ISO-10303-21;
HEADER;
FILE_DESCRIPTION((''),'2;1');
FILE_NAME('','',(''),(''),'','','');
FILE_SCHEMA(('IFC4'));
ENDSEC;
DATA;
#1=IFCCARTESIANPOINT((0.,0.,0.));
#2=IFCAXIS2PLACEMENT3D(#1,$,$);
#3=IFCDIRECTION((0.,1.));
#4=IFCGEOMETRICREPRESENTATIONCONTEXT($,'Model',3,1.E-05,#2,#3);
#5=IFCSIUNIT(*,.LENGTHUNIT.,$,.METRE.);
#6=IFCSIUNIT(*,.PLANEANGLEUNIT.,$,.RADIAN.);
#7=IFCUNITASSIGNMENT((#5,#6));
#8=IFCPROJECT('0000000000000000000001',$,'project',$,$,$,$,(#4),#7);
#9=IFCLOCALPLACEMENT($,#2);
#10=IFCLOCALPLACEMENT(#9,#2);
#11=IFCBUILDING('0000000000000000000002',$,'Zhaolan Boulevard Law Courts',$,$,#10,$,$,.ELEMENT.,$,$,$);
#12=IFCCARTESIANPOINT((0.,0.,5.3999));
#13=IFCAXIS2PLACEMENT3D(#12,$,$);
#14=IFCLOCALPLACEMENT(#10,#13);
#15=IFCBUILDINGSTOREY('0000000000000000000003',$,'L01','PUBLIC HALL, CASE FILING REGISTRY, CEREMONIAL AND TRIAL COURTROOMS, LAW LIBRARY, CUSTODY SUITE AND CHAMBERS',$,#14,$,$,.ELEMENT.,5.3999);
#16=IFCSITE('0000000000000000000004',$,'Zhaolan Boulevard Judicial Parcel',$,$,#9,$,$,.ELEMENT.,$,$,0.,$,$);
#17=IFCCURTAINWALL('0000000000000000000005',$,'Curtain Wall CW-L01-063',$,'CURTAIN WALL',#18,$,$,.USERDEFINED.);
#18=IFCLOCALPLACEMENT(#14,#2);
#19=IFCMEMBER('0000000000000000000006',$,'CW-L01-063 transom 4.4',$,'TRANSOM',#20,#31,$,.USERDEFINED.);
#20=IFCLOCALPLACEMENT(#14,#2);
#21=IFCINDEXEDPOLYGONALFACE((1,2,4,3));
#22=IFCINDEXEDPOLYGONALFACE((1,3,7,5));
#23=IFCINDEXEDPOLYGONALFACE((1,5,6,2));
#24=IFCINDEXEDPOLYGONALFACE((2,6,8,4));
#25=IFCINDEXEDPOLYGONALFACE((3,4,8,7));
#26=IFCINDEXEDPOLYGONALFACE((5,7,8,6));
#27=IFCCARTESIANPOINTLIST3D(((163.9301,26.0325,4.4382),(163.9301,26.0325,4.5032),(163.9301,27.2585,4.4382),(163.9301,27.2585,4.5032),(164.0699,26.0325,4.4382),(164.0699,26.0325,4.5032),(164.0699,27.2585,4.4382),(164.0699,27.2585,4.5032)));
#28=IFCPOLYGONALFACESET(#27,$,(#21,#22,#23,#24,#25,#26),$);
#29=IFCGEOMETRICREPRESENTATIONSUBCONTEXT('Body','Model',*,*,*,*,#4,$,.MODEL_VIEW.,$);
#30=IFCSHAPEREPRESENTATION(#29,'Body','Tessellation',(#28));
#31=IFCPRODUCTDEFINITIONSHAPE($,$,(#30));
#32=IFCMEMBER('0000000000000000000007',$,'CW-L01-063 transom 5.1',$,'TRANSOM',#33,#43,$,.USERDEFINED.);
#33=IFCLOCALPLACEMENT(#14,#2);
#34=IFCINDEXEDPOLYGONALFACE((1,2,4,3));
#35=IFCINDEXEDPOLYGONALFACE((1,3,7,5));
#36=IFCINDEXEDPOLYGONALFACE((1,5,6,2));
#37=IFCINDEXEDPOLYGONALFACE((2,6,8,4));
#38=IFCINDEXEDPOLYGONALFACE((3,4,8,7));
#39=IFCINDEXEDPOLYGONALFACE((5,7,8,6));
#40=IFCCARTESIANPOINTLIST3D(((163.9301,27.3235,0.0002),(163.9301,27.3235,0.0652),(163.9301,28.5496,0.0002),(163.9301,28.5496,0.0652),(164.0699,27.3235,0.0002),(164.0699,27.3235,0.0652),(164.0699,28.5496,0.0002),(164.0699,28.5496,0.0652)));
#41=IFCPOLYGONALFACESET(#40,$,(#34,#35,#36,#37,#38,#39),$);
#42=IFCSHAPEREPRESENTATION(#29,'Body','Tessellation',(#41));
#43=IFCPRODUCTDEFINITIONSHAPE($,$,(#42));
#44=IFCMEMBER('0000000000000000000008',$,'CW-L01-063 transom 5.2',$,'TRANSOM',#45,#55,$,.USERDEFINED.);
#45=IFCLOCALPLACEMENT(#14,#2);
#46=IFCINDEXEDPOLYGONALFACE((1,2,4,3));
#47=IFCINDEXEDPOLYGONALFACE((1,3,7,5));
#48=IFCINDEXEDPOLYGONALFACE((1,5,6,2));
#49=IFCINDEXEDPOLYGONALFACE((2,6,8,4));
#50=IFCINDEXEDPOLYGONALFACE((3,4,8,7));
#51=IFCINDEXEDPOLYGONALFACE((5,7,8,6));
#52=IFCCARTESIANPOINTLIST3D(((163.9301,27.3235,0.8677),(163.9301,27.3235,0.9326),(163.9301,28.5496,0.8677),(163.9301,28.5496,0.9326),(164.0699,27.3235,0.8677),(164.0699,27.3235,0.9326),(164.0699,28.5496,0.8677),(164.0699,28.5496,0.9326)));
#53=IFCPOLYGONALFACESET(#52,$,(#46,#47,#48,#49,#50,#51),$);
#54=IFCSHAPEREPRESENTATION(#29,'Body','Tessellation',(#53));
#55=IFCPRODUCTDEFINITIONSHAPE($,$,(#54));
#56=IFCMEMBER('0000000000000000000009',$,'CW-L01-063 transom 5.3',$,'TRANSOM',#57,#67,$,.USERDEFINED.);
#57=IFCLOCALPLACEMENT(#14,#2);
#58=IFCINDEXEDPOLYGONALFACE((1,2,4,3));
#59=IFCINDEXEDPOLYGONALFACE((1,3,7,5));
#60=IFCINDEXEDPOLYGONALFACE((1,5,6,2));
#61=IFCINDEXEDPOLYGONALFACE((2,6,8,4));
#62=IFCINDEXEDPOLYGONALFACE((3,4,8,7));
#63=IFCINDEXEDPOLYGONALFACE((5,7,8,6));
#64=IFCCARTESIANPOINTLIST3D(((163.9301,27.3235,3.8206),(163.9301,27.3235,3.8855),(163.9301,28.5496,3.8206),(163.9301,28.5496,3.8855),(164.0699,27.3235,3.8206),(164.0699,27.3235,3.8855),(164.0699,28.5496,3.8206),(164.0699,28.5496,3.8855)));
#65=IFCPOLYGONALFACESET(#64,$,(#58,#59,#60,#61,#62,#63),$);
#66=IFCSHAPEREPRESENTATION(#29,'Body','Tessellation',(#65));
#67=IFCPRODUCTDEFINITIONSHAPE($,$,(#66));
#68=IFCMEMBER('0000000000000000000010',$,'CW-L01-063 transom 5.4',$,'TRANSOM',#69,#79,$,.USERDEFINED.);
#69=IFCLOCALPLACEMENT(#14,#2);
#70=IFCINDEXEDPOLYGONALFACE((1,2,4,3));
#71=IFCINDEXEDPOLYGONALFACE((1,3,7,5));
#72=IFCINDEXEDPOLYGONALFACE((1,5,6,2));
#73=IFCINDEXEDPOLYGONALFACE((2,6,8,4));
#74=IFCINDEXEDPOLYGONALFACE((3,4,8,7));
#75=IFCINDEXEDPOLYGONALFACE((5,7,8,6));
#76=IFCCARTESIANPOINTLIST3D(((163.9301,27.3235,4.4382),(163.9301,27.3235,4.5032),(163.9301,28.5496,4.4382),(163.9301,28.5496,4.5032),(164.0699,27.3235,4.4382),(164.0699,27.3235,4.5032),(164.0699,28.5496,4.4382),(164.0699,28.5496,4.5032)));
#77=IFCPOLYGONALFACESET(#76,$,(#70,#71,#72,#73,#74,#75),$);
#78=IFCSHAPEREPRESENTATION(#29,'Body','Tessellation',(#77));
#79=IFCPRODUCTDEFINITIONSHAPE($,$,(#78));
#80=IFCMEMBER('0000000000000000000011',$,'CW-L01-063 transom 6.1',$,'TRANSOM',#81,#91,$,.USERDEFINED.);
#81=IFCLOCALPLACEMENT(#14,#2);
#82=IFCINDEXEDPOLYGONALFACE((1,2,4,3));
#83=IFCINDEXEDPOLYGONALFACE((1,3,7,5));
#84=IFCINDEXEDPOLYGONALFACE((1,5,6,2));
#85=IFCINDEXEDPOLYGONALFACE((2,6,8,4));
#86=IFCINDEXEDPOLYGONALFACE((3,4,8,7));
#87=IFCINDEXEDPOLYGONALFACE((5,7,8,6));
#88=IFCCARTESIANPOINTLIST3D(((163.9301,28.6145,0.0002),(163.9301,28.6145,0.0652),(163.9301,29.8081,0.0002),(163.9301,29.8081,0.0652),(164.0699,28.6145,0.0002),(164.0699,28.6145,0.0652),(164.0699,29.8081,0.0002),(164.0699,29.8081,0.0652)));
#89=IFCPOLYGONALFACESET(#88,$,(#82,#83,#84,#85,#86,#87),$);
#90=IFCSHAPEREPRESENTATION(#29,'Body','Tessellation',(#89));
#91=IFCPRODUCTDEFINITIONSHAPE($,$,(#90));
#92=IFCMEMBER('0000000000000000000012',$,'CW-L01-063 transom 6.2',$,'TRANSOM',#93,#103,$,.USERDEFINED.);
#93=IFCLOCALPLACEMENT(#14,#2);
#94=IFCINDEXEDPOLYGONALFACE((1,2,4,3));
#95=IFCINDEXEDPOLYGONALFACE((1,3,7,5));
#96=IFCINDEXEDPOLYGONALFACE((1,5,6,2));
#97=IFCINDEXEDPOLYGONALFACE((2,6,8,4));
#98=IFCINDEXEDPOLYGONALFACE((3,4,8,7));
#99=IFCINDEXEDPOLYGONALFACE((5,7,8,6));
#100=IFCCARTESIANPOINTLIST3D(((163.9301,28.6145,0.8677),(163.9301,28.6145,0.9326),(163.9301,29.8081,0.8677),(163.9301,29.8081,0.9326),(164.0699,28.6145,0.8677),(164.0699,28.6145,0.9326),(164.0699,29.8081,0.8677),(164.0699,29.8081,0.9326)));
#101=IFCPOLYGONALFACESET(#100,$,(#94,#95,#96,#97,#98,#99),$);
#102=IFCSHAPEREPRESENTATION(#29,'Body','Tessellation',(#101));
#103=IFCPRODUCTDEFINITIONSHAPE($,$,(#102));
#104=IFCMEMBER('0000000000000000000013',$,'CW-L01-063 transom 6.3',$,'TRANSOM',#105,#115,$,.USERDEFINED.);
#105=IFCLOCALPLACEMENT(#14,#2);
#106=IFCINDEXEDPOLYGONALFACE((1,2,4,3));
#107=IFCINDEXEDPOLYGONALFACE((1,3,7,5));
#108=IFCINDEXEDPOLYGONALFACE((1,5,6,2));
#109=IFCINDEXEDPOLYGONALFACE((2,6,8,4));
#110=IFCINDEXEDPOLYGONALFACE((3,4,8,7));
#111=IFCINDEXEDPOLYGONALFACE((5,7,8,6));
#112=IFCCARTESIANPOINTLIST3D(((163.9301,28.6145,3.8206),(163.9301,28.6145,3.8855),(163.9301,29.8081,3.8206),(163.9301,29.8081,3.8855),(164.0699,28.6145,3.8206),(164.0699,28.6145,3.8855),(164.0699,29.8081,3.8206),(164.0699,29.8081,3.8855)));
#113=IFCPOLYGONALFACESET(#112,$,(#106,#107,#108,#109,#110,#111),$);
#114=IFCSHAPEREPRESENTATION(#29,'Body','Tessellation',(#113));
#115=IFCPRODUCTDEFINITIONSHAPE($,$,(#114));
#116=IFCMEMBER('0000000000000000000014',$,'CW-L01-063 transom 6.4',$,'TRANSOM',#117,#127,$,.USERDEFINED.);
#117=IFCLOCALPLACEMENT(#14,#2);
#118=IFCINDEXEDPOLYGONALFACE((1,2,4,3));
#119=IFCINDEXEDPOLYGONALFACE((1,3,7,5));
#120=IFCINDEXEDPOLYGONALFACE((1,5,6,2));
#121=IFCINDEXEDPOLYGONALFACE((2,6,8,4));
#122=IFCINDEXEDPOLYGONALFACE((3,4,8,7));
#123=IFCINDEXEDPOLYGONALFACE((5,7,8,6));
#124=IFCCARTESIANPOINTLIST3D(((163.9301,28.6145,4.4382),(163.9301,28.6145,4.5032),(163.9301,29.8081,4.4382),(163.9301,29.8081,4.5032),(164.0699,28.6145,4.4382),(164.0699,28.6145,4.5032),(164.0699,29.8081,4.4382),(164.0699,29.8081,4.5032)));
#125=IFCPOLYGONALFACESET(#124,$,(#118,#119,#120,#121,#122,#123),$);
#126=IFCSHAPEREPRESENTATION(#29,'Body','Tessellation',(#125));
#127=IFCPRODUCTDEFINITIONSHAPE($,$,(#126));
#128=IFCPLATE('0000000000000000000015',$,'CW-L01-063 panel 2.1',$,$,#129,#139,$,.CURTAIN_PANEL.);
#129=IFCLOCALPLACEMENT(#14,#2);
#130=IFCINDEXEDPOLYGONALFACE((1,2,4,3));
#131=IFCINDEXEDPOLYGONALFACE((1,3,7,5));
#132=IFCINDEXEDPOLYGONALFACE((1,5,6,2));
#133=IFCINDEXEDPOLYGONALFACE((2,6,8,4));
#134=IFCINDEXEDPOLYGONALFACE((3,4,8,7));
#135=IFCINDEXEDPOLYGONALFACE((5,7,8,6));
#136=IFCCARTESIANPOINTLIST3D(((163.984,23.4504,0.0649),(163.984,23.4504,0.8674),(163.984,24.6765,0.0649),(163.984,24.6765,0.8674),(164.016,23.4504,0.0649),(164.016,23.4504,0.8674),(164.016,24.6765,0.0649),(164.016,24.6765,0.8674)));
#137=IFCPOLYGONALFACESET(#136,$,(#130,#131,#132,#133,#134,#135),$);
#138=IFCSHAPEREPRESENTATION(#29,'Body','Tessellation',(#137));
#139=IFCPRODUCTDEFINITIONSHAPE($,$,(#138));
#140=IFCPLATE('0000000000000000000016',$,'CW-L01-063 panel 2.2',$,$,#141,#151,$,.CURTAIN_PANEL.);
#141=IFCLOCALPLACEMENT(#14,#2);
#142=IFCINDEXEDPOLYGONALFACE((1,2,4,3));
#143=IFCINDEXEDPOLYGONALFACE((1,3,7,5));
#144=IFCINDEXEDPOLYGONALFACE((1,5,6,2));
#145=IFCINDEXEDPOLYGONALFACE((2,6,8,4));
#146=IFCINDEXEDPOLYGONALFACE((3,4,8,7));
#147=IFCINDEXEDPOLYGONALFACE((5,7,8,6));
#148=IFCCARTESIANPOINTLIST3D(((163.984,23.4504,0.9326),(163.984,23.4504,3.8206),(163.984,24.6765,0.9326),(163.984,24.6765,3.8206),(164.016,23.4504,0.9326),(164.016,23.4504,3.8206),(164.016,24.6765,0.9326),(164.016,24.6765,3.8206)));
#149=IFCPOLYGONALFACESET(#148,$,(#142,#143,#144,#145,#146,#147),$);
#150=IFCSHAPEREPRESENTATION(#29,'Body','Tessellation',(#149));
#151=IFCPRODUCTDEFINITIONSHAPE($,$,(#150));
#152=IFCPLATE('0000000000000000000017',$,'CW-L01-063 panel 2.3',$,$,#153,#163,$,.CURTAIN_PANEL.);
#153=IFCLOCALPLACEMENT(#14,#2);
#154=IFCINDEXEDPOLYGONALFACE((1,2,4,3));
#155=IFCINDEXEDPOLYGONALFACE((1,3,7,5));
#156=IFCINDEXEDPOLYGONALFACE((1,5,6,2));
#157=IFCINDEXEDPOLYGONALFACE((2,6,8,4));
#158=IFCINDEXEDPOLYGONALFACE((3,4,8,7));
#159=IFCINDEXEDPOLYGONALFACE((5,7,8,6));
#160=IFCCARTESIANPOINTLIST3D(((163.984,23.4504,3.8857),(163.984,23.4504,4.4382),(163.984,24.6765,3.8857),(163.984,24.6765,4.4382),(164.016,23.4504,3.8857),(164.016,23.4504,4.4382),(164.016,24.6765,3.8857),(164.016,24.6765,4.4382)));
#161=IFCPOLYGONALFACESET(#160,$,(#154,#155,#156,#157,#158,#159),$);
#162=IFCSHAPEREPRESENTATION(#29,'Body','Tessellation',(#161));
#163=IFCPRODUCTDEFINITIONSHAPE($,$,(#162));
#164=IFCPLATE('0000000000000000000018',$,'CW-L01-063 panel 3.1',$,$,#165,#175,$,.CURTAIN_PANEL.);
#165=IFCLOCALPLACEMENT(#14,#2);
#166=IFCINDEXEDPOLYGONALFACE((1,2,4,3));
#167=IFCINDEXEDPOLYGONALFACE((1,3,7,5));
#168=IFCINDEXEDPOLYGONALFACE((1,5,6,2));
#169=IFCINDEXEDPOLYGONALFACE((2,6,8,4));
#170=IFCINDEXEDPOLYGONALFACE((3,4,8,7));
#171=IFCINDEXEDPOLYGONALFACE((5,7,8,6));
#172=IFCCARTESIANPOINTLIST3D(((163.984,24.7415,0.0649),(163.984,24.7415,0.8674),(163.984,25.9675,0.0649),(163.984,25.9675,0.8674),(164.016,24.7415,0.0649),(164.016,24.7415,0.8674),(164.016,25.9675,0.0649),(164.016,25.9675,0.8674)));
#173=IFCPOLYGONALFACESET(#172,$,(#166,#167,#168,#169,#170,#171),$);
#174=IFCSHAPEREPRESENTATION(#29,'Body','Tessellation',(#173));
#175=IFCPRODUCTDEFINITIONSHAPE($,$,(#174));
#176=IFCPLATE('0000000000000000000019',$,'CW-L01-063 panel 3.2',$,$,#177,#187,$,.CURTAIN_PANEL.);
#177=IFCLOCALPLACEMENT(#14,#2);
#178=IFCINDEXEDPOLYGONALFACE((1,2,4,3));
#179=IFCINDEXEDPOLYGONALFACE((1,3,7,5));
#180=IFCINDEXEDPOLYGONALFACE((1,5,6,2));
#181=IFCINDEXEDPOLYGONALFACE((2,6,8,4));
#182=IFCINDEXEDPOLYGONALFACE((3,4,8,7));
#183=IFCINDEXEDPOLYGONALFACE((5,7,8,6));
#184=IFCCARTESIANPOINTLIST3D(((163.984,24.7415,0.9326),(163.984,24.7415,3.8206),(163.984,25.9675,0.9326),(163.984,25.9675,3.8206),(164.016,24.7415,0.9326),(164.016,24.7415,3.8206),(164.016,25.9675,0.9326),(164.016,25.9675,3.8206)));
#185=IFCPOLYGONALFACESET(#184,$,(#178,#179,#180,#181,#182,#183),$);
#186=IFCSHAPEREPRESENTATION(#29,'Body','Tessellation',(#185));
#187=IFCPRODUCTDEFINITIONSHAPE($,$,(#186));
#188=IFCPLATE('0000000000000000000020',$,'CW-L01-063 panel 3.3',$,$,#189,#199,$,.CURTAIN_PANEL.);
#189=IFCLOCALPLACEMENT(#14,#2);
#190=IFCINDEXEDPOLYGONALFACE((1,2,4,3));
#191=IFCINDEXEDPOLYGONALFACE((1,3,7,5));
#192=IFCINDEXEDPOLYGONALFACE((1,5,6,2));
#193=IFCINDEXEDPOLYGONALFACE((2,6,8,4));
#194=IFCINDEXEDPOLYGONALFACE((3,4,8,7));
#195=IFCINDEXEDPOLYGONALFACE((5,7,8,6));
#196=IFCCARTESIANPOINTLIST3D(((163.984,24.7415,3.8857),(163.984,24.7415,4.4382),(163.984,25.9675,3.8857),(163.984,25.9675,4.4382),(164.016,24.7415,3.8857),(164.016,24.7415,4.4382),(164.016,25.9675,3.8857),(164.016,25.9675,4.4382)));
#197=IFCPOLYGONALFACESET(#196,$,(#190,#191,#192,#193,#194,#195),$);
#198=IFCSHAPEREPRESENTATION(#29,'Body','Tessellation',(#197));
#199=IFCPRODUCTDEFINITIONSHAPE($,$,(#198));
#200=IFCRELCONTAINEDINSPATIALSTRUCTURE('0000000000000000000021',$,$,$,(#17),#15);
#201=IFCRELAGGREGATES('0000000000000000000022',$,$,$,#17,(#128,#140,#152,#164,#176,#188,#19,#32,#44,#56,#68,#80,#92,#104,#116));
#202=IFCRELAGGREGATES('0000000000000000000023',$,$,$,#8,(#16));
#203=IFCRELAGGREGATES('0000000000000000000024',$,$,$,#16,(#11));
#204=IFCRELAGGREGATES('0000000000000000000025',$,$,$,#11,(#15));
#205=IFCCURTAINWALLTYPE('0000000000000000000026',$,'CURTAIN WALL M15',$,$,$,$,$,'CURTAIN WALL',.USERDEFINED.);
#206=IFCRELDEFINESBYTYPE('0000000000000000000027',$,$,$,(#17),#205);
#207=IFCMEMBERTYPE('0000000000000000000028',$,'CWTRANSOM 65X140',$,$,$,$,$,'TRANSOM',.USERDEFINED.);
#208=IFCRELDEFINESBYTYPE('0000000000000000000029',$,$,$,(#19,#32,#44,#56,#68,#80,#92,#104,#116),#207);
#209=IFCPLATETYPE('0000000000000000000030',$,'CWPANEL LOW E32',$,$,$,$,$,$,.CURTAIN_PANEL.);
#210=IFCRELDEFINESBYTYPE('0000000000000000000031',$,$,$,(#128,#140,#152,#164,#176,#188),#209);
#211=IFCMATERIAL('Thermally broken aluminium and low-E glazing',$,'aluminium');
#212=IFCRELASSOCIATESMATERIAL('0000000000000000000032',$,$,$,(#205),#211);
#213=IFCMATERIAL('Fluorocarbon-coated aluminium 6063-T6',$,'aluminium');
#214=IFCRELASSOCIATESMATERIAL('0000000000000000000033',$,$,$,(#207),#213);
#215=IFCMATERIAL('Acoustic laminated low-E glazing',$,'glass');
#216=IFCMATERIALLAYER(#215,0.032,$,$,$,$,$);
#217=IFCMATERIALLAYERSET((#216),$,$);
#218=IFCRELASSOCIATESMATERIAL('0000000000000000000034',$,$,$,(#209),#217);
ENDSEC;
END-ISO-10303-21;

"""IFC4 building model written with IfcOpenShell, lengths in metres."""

from ifc_helpers import new_model, si_unit, direction, frame, origin, origin_2d, place, context, subcontext, project, spatial, rectangle, extrude, material, layer, layer_set, material_profile, profile_set, type_object, element, aggregate, save


model = new_model("IFC4")

# Units and contexts
model_context = context("Model", 3, precision=1e-05, world=origin(), true_north=direction((0.0, 1.0)))
body_context = subcontext(model_context, "Body", "Model", "MODEL_VIEW")
ifc_project = project(units=[si_unit("LENGTHUNIT", "METRE"), si_unit("PLANEANGLEUNIT", "RADIAN")], contexts=[model_context])

# Site, building, storey
site_placement = place(None, origin())
site = spatial("IfcSite", under=ifc_project, at=site_placement, Name="Zhaolan Boulevard Judicial Parcel", CompositionType="ELEMENT", RefElevation=0.0)
building_placement = place(site_placement, origin())
building = spatial("IfcBuilding", under=site, at=building_placement, Name="Zhaolan Boulevard Law Courts", CompositionType="ELEMENT")
storey_placement = place(building_placement, frame((0.0, 0.0, 5.3999)))
storey = spatial("IfcBuildingStorey", under=building, at=storey_placement, Name="L01", Description="PUBLIC HALL, CASE FILING REGISTRY, CEREMONIAL AND TRIAL COURTROOMS, LAW LIBRARY, CUSTODY SUITE AND CHAMBERS", CompositionType="ELEMENT", Elevation=5.3999)

# Curtain wall, members, plates
ifc_material_1 = material(Name="Thermally broken aluminium and low-E glazing", Category="aluminium")
curtain_wall_type = type_object("IfcCurtainWallType", Name="CURTAIN WALL M15", ElementType="CURTAIN WALL", PredefinedType="USERDEFINED", material=ifc_material_1)
curtain_wall_placement = place(storey_placement, origin())
curtain_wall = element("IfcCurtainWall", 1, at=curtain_wall_placement, inside=storey, type_object=curtain_wall_type, Name="Curtain Wall CW-L01-063", ObjectType="CURTAIN WALL", PredefinedType="USERDEFINED")
ifc_material_2 = material(Name="Fluorocarbon-coated aluminium 6063-T6", Category="aluminium")
ifc_material_profile_1 = material_profile(ifc_material_2, rectangle(XDim=0.1399, YDim=0.0649, at=origin_2d()), Name="AL65x140")
ifc_profile_set_1 = profile_set([ifc_material_profile_1], Name="Fluorocarbon-coated aluminium 6063-T6")
member_type_1 = type_object("IfcMemberType", Name="CWTRANSOM 65X140", ElementType="TRANSOM", PredefinedType="USERDEFINED", material=ifc_profile_set_1)
member_1_placement = place(storey_placement, frame((164.0, 26.0325, 4.4707), z_axis=(0.0, 1.0, 0.0), x_axis=(-1.0, 0.0, 0.0)))
member_1 = element("IfcMember", 2, at=member_1_placement, type_object=member_type_1, Name="CW-L01-063 transom 4.4", ObjectType="TRANSOM", PredefinedType="USERDEFINED", context=body_context, shape_type="SweptSolid", body=[
    extrude(rectangle(XDim=0.1399, YDim=0.0649, at=origin_2d()), origin(), (0.0, 0.0, 1.0), 1.2261),
])
member_2_placement = place(storey_placement, frame((164.0, 27.3235, 0.0327), z_axis=(0.0, 1.0, 0.0), x_axis=(-1.0, 0.0, 0.0)))
member_2 = element("IfcMember", 3, at=member_2_placement, type_object=member_type_1, Name="CW-L01-063 transom 5.1", ObjectType="TRANSOM", PredefinedType="USERDEFINED", context=body_context, shape_type="SweptSolid", body=[
    extrude(rectangle(XDim=0.1399, YDim=0.0649, at=origin_2d()), origin(), (0.0, 0.0, 1.0), 1.2261),
])
member_3_placement = place(storey_placement, frame((164.0, 27.3235, 0.9001), z_axis=(0.0, 1.0, 0.0), x_axis=(-1.0, 0.0, 0.0)))
member_3 = element("IfcMember", 4, at=member_3_placement, type_object=member_type_1, Name="CW-L01-063 transom 5.2", ObjectType="TRANSOM", PredefinedType="USERDEFINED", context=body_context, shape_type="SweptSolid", body=[
    extrude(rectangle(XDim=0.1399, YDim=0.0649, at=origin_2d()), origin(), (0.0, 0.0, 1.0), 1.2261),
])
member_4_placement = place(storey_placement, frame((164.0, 27.3235, 3.853), z_axis=(0.0, 1.0, 0.0), x_axis=(-1.0, 0.0, 0.0)))
member_4 = element("IfcMember", 5, at=member_4_placement, type_object=member_type_1, Name="CW-L01-063 transom 5.3", ObjectType="TRANSOM", PredefinedType="USERDEFINED", context=body_context, shape_type="SweptSolid", body=[
    extrude(rectangle(XDim=0.1399, YDim=0.0649, at=origin_2d()), origin(), (0.0, 0.0, 1.0), 1.2261),
])
member_5_placement = place(storey_placement, frame((164.0, 27.3235, 4.4707), z_axis=(0.0, 1.0, 0.0), x_axis=(-1.0, 0.0, 0.0)))
member_5 = element("IfcMember", 6, at=member_5_placement, type_object=member_type_1, Name="CW-L01-063 transom 5.4", ObjectType="TRANSOM", PredefinedType="USERDEFINED", context=body_context, shape_type="SweptSolid", body=[
    extrude(rectangle(XDim=0.1399, YDim=0.0649, at=origin_2d()), origin(), (0.0, 0.0, 1.0), 1.2261),
])
member_6_placement = place(storey_placement, frame((164.0, 28.6145, 0.0327), z_axis=(0.0, 1.0, 0.0), x_axis=(-1.0, 0.0, 0.0)))
member_6 = element("IfcMember", 7, at=member_6_placement, type_object=member_type_1, Name="CW-L01-063 transom 6.1", ObjectType="TRANSOM", PredefinedType="USERDEFINED", context=body_context, shape_type="SweptSolid", body=[
    extrude(rectangle(XDim=0.1399, YDim=0.0649, at=origin_2d()), origin(), (0.0, 0.0, 1.0), 1.1936),
])
member_7_placement = place(storey_placement, frame((164.0, 28.6145, 0.9001), z_axis=(0.0, 1.0, 0.0), x_axis=(-1.0, 0.0, 0.0)))
member_7 = element("IfcMember", 8, at=member_7_placement, type_object=member_type_1, Name="CW-L01-063 transom 6.2", ObjectType="TRANSOM", PredefinedType="USERDEFINED", context=body_context, shape_type="SweptSolid", body=[
    extrude(rectangle(XDim=0.1399, YDim=0.0649, at=origin_2d()), origin(), (0.0, 0.0, 1.0), 1.1936),
])
member_8_placement = place(storey_placement, frame((164.0, 28.6145, 3.853), z_axis=(0.0, 1.0, 0.0), x_axis=(-1.0, 0.0, 0.0)))
member_8 = element("IfcMember", 9, at=member_8_placement, type_object=member_type_1, Name="CW-L01-063 transom 6.3", ObjectType="TRANSOM", PredefinedType="USERDEFINED", context=body_context, shape_type="SweptSolid", body=[
    extrude(rectangle(XDim=0.1399, YDim=0.0649, at=origin_2d()), origin(), (0.0, 0.0, 1.0), 1.1936),
])
member_9_placement = place(storey_placement, frame((164.0, 28.6145, 4.4707), z_axis=(0.0, 1.0, 0.0), x_axis=(-1.0, 0.0, 0.0)))
member_9 = element("IfcMember", 10, at=member_9_placement, type_object=member_type_1, Name="CW-L01-063 transom 6.4", ObjectType="TRANSOM", PredefinedType="USERDEFINED", context=body_context, shape_type="SweptSolid", body=[
    extrude(rectangle(XDim=0.1399, YDim=0.0649, at=origin_2d()), origin(), (0.0, 0.0, 1.0), 1.1936),
])
ifc_material_3 = material(Name="Acoustic laminated low-E glazing", Category="glass")
ifc_layer = layer(ifc_material_3, 0.032)
ifc_layer_set = layer_set([ifc_layer])
plate_type = type_object("IfcPlateType", Name="CWPANEL LOW E32", PredefinedType="CURTAIN_PANEL", material=ifc_layer_set)
plate_1_placement = place(storey_placement, frame((164.0, 24.0635, 0.0649), z_axis=(0.0, 0.0, 1.0), x_axis=(0.0, 1.0, 0.0)))
plate_1 = element("IfcPlate", 11, at=plate_1_placement, type_object=plate_type, Name="CW-L01-063 panel 2.1", PredefinedType="CURTAIN_PANEL", context=body_context, shape_type="SweptSolid", body=[
    extrude(rectangle(XDim=1.2261, YDim=0.032, at=origin_2d()), origin(), (0.0, 0.0, 1.0), 0.8025),
])
plate_2_placement = place(storey_placement, frame((164.0, 24.0635, 0.9326), z_axis=(0.0, 0.0, 1.0), x_axis=(0.0, 1.0, 0.0)))
plate_2 = element("IfcPlate", 12, at=plate_2_placement, type_object=plate_type, Name="CW-L01-063 panel 2.2", PredefinedType="CURTAIN_PANEL", context=body_context, shape_type="SweptSolid", body=[
    extrude(rectangle(XDim=1.2261, YDim=0.032, at=origin_2d()), origin(), (0.0, 0.0, 1.0), 2.8879),
])
plate_3_placement = place(storey_placement, frame((164.0, 24.0635, 3.8857), z_axis=(0.0, 0.0, 1.0), x_axis=(0.0, 1.0, 0.0)))
plate_3 = element("IfcPlate", 13, at=plate_3_placement, type_object=plate_type, Name="CW-L01-063 panel 2.3", PredefinedType="CURTAIN_PANEL", context=body_context, shape_type="SweptSolid", body=[
    extrude(rectangle(XDim=1.2261, YDim=0.032, at=origin_2d()), origin(), (0.0, 0.0, 1.0), 0.5525),
])
plate_4_placement = place(storey_placement, frame((164.0, 25.3545, 0.0649), z_axis=(0.0, 0.0, 1.0), x_axis=(0.0, 1.0, 0.0)))
plate_4 = element("IfcPlate", 14, at=plate_4_placement, type_object=plate_type, Name="CW-L01-063 panel 3.1", PredefinedType="CURTAIN_PANEL", context=body_context, shape_type="SweptSolid", body=[
    extrude(rectangle(XDim=1.2261, YDim=0.032, at=origin_2d()), origin(), (0.0, 0.0, 1.0), 0.8025),
])
plate_5_placement = place(storey_placement, frame((164.0, 25.3545, 0.9326), z_axis=(0.0, 0.0, 1.0), x_axis=(0.0, 1.0, 0.0)))
plate_5 = element("IfcPlate", 15, at=plate_5_placement, type_object=plate_type, Name="CW-L01-063 panel 3.2", PredefinedType="CURTAIN_PANEL", context=body_context, shape_type="SweptSolid", body=[
    extrude(rectangle(XDim=1.2261, YDim=0.032, at=origin_2d()), origin(), (0.0, 0.0, 1.0), 2.8879),
])
plate_6_placement = place(storey_placement, frame((164.0, 25.3545, 3.8857), z_axis=(0.0, 0.0, 1.0), x_axis=(0.0, 1.0, 0.0)))
plate_6 = element("IfcPlate", 16, at=plate_6_placement, type_object=plate_type, Name="CW-L01-063 panel 3.3", PredefinedType="CURTAIN_PANEL", context=body_context, shape_type="SweptSolid", body=[
    extrude(rectangle(XDim=1.2261, YDim=0.032, at=origin_2d()), origin(), (0.0, 0.0, 1.0), 0.5525),
])
aggregate(curtain_wall, [plate_1, plate_2, plate_3, plate_4, plate_5, plate_6, member_1, member_2, member_3, member_4, member_5, member_6, member_7, member_8, member_9])

save(model, "model.ifc")
